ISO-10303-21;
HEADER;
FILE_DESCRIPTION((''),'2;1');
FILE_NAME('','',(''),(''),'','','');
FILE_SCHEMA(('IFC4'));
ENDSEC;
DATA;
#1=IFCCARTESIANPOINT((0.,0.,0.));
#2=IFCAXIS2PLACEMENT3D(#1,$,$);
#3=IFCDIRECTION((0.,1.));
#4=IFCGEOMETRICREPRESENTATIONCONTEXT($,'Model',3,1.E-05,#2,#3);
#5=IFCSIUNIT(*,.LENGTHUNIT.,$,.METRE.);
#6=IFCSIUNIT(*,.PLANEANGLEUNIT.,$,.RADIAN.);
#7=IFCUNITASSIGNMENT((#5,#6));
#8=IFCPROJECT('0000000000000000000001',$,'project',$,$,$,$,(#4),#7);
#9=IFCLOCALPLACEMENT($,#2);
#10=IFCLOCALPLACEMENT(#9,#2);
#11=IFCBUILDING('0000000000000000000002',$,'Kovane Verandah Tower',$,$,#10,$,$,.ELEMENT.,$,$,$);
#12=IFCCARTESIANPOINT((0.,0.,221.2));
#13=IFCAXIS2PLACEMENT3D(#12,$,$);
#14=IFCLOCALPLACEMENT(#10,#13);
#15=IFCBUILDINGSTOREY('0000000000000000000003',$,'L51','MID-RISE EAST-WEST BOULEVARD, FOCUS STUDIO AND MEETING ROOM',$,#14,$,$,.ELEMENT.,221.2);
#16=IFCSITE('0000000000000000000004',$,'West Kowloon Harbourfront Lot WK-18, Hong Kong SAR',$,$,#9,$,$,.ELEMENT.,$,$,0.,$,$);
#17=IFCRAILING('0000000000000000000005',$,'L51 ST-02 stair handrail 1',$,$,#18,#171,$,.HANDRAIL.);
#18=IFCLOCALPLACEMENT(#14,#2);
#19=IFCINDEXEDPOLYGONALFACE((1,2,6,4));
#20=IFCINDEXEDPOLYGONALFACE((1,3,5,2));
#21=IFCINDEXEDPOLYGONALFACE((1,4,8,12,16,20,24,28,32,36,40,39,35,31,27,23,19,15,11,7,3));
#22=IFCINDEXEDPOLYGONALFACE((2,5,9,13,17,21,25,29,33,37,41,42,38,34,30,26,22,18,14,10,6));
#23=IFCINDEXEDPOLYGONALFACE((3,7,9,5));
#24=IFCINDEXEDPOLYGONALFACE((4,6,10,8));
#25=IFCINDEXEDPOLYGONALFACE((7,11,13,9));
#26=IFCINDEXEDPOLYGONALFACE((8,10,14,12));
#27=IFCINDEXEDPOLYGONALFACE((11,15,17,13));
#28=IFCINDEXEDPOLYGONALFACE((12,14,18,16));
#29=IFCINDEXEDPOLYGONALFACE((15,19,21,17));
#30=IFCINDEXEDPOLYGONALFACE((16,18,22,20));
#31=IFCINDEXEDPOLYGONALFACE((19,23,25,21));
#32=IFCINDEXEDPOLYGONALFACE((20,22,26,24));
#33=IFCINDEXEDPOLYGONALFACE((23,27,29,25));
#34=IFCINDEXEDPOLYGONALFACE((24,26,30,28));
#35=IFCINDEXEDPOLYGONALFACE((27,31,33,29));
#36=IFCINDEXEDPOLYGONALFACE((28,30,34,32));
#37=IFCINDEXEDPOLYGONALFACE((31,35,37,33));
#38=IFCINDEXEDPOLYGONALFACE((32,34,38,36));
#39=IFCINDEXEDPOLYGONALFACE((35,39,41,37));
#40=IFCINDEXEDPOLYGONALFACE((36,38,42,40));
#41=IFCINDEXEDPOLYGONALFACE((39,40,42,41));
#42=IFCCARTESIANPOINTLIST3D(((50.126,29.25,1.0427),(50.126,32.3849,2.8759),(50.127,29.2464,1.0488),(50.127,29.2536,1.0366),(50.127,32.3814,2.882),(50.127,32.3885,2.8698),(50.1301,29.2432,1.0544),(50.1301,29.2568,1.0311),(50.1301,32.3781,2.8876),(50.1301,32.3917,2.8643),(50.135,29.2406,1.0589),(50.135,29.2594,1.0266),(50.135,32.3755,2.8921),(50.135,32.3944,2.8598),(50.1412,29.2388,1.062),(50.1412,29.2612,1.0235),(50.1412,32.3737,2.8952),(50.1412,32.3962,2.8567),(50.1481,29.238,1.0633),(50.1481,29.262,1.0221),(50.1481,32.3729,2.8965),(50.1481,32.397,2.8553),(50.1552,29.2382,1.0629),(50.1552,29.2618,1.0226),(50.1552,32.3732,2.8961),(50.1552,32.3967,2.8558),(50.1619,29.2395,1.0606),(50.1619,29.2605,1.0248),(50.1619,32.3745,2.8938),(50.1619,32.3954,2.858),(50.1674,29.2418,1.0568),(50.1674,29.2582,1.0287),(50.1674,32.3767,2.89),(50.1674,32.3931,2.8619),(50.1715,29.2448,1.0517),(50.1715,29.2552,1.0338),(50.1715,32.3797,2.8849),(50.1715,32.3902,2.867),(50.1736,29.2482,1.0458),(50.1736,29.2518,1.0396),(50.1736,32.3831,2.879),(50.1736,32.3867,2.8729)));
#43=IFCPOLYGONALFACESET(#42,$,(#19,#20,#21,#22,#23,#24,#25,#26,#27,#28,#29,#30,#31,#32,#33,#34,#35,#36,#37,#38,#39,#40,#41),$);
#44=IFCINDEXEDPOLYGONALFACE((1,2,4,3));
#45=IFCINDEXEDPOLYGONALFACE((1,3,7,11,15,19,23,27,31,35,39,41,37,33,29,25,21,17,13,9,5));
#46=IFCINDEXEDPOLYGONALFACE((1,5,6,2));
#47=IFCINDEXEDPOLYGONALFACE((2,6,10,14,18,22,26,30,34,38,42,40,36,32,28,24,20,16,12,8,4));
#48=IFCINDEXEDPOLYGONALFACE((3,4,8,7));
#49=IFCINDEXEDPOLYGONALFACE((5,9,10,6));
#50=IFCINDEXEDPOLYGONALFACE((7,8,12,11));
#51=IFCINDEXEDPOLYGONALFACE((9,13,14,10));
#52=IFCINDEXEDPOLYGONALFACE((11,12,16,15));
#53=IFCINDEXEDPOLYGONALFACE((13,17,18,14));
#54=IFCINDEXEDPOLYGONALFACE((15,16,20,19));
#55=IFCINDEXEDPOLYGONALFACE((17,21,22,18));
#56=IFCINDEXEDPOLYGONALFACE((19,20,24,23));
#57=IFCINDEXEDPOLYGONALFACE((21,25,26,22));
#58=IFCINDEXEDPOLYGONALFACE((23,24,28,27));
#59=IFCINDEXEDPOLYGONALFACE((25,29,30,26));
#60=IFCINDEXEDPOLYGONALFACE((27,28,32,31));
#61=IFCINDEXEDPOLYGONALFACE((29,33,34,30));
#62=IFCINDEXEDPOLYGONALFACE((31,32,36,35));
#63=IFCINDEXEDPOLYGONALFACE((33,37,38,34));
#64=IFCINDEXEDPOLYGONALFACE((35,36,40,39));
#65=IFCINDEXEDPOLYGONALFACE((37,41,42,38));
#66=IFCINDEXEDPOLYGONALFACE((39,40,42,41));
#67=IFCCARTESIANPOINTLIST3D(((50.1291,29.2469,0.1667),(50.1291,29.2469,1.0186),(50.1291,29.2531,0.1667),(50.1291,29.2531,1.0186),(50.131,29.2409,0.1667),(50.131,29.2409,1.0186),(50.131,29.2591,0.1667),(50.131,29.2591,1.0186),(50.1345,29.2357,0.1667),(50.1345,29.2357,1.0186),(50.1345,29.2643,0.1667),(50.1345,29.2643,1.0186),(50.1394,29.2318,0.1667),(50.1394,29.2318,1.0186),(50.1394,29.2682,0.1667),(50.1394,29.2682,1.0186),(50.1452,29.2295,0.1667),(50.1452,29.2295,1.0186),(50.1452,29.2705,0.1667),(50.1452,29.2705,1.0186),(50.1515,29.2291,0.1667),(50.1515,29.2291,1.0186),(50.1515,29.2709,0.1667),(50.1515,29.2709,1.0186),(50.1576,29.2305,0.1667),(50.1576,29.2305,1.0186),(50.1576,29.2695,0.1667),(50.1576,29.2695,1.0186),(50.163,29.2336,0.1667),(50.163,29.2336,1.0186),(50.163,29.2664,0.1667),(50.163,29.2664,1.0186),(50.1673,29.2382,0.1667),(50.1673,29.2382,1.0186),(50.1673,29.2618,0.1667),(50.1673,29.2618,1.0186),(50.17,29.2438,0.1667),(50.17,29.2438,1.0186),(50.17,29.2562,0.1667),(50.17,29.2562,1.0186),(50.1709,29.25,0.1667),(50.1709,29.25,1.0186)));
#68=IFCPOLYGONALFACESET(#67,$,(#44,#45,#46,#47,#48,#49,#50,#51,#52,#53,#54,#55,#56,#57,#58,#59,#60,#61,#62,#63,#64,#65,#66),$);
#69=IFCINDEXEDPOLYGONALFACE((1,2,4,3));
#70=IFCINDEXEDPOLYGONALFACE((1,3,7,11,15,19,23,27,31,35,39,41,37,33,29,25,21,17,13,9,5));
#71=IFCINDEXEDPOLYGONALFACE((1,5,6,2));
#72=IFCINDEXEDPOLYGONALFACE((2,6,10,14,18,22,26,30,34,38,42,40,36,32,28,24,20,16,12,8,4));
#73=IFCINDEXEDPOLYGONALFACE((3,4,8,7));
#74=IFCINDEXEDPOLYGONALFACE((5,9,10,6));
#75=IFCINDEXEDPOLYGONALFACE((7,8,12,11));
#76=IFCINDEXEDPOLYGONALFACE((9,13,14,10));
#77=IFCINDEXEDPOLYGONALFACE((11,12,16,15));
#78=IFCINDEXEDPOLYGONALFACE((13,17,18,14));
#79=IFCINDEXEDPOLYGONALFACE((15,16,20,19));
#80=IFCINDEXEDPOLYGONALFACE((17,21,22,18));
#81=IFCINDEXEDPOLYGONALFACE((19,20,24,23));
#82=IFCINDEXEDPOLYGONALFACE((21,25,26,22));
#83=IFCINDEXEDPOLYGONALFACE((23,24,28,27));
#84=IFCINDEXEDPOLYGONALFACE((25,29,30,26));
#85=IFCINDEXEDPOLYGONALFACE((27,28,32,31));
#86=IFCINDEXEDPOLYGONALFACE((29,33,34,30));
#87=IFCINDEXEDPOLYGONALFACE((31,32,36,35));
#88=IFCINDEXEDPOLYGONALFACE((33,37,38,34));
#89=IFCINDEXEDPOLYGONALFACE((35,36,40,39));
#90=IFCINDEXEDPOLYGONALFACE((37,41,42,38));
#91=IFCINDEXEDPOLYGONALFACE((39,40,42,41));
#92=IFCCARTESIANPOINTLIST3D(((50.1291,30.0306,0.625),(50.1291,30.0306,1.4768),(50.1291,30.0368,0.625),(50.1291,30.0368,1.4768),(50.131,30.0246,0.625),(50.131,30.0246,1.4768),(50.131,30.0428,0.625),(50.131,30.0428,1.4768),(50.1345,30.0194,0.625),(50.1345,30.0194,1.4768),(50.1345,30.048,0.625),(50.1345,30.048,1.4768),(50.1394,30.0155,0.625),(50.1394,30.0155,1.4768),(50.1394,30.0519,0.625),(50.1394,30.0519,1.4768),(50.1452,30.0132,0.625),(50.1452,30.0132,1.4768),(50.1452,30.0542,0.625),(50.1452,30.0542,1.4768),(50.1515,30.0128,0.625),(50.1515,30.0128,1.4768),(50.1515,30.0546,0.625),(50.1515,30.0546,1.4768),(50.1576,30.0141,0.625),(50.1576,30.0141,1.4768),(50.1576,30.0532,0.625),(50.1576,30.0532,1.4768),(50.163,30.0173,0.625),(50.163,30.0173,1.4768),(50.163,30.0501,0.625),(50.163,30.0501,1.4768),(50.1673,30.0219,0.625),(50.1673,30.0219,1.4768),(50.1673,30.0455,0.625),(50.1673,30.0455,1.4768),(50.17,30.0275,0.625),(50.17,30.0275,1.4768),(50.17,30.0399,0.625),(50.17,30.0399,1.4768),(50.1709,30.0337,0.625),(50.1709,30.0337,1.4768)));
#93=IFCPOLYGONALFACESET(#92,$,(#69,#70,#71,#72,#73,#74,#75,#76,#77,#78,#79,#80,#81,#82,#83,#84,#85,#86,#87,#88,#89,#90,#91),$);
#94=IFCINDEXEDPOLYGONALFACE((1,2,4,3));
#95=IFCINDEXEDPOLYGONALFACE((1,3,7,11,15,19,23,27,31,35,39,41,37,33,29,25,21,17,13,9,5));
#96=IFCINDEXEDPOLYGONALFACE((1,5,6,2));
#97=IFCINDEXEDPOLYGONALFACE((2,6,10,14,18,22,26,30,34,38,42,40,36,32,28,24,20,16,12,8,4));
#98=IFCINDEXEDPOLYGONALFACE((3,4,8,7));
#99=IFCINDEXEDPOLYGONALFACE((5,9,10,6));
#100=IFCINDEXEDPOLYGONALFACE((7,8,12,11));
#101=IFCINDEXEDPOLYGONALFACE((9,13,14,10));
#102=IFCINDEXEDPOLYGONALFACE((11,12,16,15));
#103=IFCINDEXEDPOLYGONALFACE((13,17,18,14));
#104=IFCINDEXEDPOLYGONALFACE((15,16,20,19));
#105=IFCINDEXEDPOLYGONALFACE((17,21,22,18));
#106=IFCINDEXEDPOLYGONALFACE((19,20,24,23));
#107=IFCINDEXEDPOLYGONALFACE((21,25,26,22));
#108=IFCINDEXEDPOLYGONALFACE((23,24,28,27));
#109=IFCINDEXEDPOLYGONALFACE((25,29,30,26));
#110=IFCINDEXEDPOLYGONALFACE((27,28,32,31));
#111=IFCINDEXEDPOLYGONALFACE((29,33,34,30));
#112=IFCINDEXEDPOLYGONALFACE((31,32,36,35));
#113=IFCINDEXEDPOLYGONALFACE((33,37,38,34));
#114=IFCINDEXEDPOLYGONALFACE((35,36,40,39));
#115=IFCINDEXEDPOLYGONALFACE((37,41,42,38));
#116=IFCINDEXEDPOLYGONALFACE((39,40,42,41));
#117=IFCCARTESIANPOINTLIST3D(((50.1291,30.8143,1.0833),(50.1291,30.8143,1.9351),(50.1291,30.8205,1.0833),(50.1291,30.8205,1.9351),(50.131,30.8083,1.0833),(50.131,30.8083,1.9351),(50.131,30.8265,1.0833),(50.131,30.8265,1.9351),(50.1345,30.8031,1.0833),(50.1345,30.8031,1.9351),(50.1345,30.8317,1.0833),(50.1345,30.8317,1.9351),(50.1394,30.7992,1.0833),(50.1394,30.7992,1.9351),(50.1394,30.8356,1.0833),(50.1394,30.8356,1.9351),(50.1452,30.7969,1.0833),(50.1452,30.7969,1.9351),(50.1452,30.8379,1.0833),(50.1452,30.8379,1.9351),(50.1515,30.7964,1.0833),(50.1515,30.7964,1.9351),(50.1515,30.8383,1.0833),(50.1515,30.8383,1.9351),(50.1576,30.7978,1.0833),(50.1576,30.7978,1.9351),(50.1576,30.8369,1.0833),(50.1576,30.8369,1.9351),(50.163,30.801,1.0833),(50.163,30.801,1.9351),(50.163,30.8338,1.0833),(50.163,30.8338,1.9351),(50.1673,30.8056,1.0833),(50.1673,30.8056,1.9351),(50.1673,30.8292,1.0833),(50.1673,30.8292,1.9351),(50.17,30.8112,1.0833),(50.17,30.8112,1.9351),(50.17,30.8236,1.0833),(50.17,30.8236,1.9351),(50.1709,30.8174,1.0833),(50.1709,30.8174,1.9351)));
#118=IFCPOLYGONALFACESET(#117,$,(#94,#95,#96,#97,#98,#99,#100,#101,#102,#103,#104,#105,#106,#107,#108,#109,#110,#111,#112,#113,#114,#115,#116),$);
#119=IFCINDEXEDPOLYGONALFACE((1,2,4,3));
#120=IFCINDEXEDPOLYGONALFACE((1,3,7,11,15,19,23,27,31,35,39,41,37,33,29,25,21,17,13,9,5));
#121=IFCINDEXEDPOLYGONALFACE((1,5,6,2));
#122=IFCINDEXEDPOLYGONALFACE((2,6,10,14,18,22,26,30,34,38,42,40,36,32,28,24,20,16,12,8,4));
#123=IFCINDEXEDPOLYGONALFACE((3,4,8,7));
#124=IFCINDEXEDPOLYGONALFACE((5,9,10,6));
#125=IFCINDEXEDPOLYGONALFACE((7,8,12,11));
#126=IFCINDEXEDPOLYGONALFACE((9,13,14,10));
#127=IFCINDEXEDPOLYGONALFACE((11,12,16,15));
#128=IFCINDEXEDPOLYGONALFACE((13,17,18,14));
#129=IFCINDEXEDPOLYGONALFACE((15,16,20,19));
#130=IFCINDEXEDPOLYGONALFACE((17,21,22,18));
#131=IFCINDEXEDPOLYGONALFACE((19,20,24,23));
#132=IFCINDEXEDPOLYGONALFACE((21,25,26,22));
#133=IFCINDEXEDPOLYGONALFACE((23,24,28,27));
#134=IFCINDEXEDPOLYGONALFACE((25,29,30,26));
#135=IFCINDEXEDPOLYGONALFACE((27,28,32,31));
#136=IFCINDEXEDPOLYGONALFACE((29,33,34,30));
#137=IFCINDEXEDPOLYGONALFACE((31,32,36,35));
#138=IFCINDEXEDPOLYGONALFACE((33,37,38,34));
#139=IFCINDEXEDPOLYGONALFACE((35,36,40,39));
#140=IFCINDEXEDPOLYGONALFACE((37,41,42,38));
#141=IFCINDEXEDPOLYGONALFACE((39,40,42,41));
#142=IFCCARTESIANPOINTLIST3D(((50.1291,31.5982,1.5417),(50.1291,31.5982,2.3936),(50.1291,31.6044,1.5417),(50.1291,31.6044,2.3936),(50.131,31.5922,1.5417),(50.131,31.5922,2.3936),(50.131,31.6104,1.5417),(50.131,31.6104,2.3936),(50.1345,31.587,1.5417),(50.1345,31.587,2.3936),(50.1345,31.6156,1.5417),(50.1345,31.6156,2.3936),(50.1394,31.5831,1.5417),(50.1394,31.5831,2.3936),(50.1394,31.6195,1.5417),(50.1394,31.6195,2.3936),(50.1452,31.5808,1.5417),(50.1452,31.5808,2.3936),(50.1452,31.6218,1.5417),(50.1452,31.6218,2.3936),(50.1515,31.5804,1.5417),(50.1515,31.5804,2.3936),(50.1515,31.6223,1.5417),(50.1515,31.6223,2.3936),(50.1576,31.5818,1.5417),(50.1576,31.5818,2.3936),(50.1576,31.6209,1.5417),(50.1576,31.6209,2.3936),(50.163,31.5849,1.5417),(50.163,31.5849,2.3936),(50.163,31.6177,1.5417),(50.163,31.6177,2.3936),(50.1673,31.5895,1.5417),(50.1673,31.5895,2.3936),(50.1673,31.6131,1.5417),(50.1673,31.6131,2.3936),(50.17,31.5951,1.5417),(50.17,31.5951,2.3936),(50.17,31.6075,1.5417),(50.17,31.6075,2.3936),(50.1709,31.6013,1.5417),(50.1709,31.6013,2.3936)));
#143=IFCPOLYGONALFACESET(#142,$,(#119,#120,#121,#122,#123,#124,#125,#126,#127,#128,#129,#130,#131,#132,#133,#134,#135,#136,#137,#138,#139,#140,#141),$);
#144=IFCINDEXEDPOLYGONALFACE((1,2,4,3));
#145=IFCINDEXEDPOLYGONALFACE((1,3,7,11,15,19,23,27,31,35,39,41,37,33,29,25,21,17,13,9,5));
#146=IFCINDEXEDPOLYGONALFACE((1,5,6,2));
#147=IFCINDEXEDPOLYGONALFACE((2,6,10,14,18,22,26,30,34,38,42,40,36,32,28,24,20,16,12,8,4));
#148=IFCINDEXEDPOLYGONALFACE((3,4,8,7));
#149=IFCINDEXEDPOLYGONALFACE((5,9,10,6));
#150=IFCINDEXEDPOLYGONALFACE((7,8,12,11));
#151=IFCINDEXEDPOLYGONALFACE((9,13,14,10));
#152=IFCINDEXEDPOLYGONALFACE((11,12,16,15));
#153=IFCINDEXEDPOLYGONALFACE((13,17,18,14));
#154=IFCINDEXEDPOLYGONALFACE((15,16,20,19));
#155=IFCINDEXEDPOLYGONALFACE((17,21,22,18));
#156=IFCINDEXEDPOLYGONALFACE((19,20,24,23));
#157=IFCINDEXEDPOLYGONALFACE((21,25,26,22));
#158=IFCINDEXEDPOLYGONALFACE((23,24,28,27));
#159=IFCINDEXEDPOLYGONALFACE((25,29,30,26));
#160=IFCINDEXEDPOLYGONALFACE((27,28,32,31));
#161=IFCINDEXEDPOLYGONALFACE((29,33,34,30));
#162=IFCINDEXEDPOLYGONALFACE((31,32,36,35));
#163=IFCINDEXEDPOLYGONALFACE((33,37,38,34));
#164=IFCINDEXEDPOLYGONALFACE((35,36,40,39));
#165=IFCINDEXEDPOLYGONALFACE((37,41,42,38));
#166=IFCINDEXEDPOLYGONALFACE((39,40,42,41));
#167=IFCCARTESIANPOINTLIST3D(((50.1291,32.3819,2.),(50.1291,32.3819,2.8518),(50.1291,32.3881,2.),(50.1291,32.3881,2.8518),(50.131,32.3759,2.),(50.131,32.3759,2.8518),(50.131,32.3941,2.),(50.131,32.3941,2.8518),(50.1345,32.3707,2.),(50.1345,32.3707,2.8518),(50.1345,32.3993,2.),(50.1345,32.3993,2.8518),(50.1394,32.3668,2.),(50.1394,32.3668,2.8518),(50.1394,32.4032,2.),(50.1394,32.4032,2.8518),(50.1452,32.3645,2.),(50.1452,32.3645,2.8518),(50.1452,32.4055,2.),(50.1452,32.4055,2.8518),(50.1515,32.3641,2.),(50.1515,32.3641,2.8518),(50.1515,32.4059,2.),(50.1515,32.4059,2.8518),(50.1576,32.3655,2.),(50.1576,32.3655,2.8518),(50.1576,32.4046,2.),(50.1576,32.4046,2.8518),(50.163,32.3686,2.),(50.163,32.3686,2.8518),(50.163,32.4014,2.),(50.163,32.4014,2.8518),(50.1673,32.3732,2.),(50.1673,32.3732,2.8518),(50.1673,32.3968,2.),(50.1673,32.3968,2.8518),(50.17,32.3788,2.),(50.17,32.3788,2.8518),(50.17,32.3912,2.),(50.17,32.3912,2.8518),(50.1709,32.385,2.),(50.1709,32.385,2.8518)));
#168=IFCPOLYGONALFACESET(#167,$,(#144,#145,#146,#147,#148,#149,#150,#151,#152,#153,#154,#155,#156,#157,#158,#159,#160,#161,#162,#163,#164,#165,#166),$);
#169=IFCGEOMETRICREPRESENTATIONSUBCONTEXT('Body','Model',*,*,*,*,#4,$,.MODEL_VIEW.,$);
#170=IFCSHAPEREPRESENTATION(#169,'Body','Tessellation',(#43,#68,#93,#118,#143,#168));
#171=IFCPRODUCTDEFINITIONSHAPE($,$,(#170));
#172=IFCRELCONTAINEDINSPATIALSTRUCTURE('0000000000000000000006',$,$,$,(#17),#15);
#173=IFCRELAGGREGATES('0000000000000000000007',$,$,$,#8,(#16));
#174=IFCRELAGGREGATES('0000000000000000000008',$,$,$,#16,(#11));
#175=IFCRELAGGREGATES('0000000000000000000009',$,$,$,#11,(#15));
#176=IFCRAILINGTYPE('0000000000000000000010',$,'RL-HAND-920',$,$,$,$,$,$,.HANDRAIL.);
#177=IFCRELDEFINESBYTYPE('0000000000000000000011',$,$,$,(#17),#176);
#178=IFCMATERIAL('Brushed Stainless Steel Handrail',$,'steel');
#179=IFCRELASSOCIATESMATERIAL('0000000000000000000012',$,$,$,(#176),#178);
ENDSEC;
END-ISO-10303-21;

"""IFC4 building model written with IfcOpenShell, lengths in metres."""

from ifc_helpers import new_model, si_unit, direction, frame, origin, origin_2d, place, context, subcontext, project, spatial, circle, extrude, material, type_object, element, save


model = new_model("IFC4")

# Units and contexts
model_context = context("Model", 3, precision=1e-05, world=origin(), true_north=direction((0.0, 1.0)))
body_context = subcontext(model_context, "Body", "Model", "MODEL_VIEW")
ifc_project = project(units=[si_unit("LENGTHUNIT", "METRE"), si_unit("PLANEANGLEUNIT", "RADIAN")], contexts=[model_context])

# Site, building, storey
site_placement = place(None, origin())
site = spatial("IfcSite", under=ifc_project, at=site_placement, Name="West Kowloon Harbourfront Lot WK-18, Hong Kong SAR", CompositionType="ELEMENT", RefElevation=0.0)
building_placement = place(site_placement, origin())
building = spatial("IfcBuilding", under=site, at=building_placement, Name="Kovane Verandah Tower", CompositionType="ELEMENT")
storey_placement = place(building_placement, frame((0.0, 0.0, 221.2)))
storey = spatial("IfcBuildingStorey", under=building, at=storey_placement, Name="L51", Description="MID-RISE EAST-WEST BOULEVARD, FOCUS STUDIO AND MEETING ROOM", CompositionType="ELEMENT", Elevation=221.2)

# Railing
ifc_material_1 = material(Name="Brushed Stainless Steel Handrail", Category="steel")
railing_type_1 = type_object("IfcRailingType", Name="RL-HAND-920", PredefinedType="HANDRAIL", material=ifc_material_1)
railing_1_placement = place(storey_placement, frame((50.1499, 29.25, 0.1667)))
element("IfcRailing", 1, at=railing_1_placement, inside=storey, type_object=railing_type_1, Name="L51 ST-02 stair handrail 1", PredefinedType="HANDRAIL", context=body_context, shape_type="SweptSolid", body=[
    extrude(circle(Radius=0.0239, at=origin_2d()), frame((0.0, 0.0, 0.876), z_axis=(0.0, 0.86324, 0.504794), x_axis=(-1.0, 0.0, 0.0)), (0.0, 0.0, 1.0), 3.6316),
    extrude(circle(Radius=0.021, at=origin_2d()), origin(), (0.0, 0.0, 1.0), 0.8518),
    extrude(circle(Radius=0.021, at=origin_2d()), frame((0.0, 0.7837, 0.4583)), (0.0, 0.0, 1.0), 0.8518),
    extrude(circle(Radius=0.021, at=origin_2d()), frame((0.0, 1.5674, 0.9165)), (0.0, 0.0, 1.0), 0.8518),
    extrude(circle(Radius=0.021, at=origin_2d()), frame((0.0, 2.3513, 1.375)), (0.0, 0.0, 1.0), 0.8518),
    extrude(circle(Radius=0.021, at=origin_2d()), frame((0.0, 3.135, 1.8333)), (0.0, 0.0, 1.0), 0.8518),
])

save(model, "model.ifc")
